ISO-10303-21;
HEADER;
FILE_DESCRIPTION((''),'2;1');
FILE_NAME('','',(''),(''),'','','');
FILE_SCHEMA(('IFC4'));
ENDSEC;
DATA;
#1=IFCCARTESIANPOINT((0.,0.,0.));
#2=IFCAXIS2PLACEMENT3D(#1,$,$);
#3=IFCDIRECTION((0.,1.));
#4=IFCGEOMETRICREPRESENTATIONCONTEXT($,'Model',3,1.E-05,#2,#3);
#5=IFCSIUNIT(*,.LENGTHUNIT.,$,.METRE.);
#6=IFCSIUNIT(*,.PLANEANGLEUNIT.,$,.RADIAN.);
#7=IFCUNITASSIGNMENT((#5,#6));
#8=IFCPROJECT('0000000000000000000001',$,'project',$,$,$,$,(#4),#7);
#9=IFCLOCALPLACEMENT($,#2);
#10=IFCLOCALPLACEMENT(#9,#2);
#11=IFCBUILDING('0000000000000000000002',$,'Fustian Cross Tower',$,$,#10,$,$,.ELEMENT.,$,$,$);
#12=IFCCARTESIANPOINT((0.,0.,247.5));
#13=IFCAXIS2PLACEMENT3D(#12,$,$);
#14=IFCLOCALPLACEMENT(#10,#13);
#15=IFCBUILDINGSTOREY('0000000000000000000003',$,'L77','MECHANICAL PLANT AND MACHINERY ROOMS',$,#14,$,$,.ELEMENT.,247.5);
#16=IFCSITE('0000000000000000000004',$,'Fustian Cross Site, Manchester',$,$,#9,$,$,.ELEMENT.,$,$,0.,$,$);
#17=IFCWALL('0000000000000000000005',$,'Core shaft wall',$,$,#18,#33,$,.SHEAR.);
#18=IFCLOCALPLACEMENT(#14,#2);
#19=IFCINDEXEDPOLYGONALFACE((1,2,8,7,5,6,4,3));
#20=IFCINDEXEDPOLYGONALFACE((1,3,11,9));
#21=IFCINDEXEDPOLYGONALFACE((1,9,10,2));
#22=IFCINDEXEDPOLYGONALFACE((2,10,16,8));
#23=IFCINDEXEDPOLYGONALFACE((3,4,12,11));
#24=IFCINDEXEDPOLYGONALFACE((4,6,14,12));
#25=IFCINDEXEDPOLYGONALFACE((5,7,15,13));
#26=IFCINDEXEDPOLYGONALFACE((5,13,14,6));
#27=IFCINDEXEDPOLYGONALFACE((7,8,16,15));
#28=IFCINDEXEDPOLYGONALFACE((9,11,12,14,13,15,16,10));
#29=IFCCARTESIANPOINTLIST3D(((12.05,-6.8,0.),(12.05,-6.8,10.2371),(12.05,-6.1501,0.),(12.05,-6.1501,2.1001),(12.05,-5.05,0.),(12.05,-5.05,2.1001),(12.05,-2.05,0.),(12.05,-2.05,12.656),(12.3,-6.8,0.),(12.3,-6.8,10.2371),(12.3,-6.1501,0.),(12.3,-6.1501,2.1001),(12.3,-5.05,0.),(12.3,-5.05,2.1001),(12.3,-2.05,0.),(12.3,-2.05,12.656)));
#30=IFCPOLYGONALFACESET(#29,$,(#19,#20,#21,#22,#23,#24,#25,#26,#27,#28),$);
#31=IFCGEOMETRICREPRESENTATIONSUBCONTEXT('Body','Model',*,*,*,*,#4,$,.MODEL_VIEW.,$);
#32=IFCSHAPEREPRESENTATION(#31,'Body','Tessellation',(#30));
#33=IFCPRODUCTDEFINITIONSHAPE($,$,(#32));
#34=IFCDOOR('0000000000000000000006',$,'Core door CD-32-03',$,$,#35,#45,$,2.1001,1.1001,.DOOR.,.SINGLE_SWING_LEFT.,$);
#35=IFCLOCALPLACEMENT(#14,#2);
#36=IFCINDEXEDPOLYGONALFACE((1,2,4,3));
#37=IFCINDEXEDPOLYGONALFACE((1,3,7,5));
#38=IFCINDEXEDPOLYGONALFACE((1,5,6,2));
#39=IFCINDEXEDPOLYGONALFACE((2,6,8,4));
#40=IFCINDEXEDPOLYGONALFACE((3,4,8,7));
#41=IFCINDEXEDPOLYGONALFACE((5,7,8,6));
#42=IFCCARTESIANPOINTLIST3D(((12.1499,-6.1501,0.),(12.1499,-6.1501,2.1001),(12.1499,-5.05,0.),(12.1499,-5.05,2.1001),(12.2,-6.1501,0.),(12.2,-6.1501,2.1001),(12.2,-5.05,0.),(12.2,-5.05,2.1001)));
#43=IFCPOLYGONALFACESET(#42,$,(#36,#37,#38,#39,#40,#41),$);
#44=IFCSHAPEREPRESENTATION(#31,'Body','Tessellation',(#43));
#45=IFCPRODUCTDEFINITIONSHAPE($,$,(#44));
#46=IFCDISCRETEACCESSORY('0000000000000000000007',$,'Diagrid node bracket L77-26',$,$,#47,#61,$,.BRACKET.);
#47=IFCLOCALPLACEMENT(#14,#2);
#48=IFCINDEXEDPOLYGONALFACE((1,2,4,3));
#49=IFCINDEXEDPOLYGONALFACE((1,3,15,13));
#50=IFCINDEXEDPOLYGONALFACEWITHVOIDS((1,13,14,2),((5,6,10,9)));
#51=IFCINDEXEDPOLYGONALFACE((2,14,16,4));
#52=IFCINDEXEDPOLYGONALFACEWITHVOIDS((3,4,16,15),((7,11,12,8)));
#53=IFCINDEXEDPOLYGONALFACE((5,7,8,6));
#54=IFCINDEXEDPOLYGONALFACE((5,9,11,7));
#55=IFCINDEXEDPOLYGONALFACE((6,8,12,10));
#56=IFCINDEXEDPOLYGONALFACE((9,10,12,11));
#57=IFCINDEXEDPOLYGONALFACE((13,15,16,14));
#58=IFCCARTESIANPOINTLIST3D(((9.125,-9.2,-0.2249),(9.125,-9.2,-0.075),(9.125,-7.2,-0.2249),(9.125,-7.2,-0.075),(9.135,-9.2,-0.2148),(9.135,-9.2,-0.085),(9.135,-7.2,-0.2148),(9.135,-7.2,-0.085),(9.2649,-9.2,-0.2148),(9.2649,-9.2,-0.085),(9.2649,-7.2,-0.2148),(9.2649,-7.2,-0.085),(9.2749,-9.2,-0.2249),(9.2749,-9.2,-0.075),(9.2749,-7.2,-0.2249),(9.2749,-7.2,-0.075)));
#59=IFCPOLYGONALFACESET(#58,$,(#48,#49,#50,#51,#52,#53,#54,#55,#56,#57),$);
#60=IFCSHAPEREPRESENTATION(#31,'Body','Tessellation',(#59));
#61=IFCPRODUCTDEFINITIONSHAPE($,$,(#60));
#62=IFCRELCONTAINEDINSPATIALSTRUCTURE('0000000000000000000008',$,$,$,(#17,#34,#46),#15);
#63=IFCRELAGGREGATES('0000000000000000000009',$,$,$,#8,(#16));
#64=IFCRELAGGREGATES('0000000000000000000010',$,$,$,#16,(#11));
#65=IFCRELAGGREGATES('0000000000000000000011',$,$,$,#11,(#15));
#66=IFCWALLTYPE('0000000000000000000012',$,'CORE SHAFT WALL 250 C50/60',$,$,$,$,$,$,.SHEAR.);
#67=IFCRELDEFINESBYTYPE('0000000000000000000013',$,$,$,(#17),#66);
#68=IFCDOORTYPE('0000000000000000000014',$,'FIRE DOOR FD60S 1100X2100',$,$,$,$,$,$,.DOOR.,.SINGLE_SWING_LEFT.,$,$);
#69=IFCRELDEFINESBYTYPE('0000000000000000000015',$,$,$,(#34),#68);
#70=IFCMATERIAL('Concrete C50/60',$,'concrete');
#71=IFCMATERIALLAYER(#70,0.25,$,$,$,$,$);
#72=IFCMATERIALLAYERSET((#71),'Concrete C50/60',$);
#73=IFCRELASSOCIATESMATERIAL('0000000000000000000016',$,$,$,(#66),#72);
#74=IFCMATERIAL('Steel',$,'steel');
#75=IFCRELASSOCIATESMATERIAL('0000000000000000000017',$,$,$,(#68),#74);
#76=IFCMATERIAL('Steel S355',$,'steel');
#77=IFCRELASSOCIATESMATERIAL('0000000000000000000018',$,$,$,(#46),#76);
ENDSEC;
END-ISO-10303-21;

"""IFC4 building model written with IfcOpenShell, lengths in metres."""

from ifc_helpers import new_model, si_unit, direction, frame, frame_2d, origin, origin_2d, place, context, subcontext, project, spatial, polyline, rectangle, hollow_rectangle, outline, extrude, material, layer, layer_set, type_object, element, fill, save


model = new_model("IFC4")

# Units and contexts
model_context = context("Model", 3, precision=1e-05, world=origin(), true_north=direction((0.0, 1.0)))
body_context = subcontext(model_context, "Body", "Model", "MODEL_VIEW")
ifc_project = project(units=[si_unit("LENGTHUNIT", "METRE"), si_unit("PLANEANGLEUNIT", "RADIAN")], contexts=[model_context])

# Site, building, storey
site_placement = place(None, origin())
site = spatial("IfcSite", under=ifc_project, at=site_placement, Name="Fustian Cross Site, Manchester", CompositionType="ELEMENT", RefElevation=0.0)
building_placement = place(site_placement, origin())
building = spatial("IfcBuilding", under=site, at=building_placement, Name="Fustian Cross Tower", CompositionType="ELEMENT")
storey_placement = place(building_placement, frame((0.0, 0.0, 247.5)))
storey = spatial("IfcBuildingStorey", under=building, at=storey_placement, Name="L77", Description="MECHANICAL PLANT AND MACHINERY ROOMS", CompositionType="ELEMENT", Elevation=247.5)

# Shared definitions
ifc_material_1 = material(Name="Concrete C50/60", Category="concrete")
ifc_layer_1 = layer(ifc_material_1, 0.25)
ifc_layer_set_1 = layer_set([ifc_layer_1], Name="Concrete C50/60")
wall_type_1 = type_object("IfcWallType", Name="CORE SHAFT WALL 250 C50/60", PredefinedType="SHEAR", material=ifc_layer_set_1)

# Wall, opening, door
wall_1_placement = place(storey_placement, frame((12.175, -2.05, 0.0), z_axis=(0.0, 0.0, 1.0), x_axis=(0.0, -1.0, 0.0)))
wall_1 = element("IfcWall", 1, at=wall_1_placement, inside=storey, type_object=wall_type_1, Name="Core shaft wall", PredefinedType="SHEAR", context=body_context, shape_type="SweptSolid", body=[
    extrude(outline(polyline([(0.0, 0.0), (4.75, 0.0), (4.75, 10.2371), (0.0, 12.656), (0.0, 0.0)])), frame((0.0, 0.125, 0.0), z_axis=(0.0, -1.0, 0.0), x_axis=(1.0, 0.0, 0.0)), (0.0, 0.0, 1.0), 0.25),
])
opening_1_placement = place(wall_1_placement, frame((3.0, 0.0, 0.0)))
opening_1 = element("IfcOpeningElement", 2, at=opening_1_placement, cuts=wall_1, PredefinedType="OPENING", context=body_context, shape_type="SweptSolid", body=[
    extrude(rectangle(XDim=1.1001, YDim=2.1001, at=frame_2d((0.55, 1.05))), frame((0.0, 0.135, 0.0), z_axis=(0.0, -1.0, 0.0), x_axis=(1.0, 0.0, 0.0)), (0.0, 0.0, 1.0), 0.27),
])
ifc_material_2 = material(Name="Steel", Category="steel")
door_type_1 = type_object("IfcDoorType", Name="FIRE DOOR FD60S 1100X2100", OperationType="SINGLE_SWING_LEFT", PredefinedType="DOOR", material=ifc_material_2)
door_1_placement = place(opening_1_placement, origin())
door_1 = element("IfcDoor", 3, at=door_1_placement, inside=storey, type_object=door_type_1, Name="Core door CD-32-03", OperationType="SINGLE_SWING_LEFT", OverallHeight=2.1001, OverallWidth=1.1001, PredefinedType="DOOR", context=body_context, shape_type="SweptSolid", body=[
    extrude(rectangle(XDim=1.1001, YDim=2.1001, at=frame_2d((0.55, 1.05))), frame((0.0, 0.0249, 0.0), z_axis=(0.0, -1.0, 0.0), x_axis=(1.0, 0.0, 0.0)), (0.0, 0.0, 1.0), 0.05),
])
fill(opening_1, door_1)

# Discrete accessory
ifc_material_3 = material(Name="Steel S355", Category="steel")
discrete_accessory_placement = place(storey_placement, frame((9.2, -9.2, -0.1499), z_axis=(0.0, 1.0, 0.0), x_axis=(-1.0, 0.0, 0.0)))
element("IfcDiscreteAccessory", 4, at=discrete_accessory_placement, inside=storey, material=ifc_material_3, Name="Diagrid node bracket L77-26", PredefinedType="BRACKET", context=body_context, shape_type="SweptSolid", body=[
    extrude(hollow_rectangle(XDim=0.1499, YDim=0.1499, WallThickness=0.01, at=origin_2d()), origin(), (0.0, 0.0, 1.0), 2.0),
])

save(model, "model.ifc")
